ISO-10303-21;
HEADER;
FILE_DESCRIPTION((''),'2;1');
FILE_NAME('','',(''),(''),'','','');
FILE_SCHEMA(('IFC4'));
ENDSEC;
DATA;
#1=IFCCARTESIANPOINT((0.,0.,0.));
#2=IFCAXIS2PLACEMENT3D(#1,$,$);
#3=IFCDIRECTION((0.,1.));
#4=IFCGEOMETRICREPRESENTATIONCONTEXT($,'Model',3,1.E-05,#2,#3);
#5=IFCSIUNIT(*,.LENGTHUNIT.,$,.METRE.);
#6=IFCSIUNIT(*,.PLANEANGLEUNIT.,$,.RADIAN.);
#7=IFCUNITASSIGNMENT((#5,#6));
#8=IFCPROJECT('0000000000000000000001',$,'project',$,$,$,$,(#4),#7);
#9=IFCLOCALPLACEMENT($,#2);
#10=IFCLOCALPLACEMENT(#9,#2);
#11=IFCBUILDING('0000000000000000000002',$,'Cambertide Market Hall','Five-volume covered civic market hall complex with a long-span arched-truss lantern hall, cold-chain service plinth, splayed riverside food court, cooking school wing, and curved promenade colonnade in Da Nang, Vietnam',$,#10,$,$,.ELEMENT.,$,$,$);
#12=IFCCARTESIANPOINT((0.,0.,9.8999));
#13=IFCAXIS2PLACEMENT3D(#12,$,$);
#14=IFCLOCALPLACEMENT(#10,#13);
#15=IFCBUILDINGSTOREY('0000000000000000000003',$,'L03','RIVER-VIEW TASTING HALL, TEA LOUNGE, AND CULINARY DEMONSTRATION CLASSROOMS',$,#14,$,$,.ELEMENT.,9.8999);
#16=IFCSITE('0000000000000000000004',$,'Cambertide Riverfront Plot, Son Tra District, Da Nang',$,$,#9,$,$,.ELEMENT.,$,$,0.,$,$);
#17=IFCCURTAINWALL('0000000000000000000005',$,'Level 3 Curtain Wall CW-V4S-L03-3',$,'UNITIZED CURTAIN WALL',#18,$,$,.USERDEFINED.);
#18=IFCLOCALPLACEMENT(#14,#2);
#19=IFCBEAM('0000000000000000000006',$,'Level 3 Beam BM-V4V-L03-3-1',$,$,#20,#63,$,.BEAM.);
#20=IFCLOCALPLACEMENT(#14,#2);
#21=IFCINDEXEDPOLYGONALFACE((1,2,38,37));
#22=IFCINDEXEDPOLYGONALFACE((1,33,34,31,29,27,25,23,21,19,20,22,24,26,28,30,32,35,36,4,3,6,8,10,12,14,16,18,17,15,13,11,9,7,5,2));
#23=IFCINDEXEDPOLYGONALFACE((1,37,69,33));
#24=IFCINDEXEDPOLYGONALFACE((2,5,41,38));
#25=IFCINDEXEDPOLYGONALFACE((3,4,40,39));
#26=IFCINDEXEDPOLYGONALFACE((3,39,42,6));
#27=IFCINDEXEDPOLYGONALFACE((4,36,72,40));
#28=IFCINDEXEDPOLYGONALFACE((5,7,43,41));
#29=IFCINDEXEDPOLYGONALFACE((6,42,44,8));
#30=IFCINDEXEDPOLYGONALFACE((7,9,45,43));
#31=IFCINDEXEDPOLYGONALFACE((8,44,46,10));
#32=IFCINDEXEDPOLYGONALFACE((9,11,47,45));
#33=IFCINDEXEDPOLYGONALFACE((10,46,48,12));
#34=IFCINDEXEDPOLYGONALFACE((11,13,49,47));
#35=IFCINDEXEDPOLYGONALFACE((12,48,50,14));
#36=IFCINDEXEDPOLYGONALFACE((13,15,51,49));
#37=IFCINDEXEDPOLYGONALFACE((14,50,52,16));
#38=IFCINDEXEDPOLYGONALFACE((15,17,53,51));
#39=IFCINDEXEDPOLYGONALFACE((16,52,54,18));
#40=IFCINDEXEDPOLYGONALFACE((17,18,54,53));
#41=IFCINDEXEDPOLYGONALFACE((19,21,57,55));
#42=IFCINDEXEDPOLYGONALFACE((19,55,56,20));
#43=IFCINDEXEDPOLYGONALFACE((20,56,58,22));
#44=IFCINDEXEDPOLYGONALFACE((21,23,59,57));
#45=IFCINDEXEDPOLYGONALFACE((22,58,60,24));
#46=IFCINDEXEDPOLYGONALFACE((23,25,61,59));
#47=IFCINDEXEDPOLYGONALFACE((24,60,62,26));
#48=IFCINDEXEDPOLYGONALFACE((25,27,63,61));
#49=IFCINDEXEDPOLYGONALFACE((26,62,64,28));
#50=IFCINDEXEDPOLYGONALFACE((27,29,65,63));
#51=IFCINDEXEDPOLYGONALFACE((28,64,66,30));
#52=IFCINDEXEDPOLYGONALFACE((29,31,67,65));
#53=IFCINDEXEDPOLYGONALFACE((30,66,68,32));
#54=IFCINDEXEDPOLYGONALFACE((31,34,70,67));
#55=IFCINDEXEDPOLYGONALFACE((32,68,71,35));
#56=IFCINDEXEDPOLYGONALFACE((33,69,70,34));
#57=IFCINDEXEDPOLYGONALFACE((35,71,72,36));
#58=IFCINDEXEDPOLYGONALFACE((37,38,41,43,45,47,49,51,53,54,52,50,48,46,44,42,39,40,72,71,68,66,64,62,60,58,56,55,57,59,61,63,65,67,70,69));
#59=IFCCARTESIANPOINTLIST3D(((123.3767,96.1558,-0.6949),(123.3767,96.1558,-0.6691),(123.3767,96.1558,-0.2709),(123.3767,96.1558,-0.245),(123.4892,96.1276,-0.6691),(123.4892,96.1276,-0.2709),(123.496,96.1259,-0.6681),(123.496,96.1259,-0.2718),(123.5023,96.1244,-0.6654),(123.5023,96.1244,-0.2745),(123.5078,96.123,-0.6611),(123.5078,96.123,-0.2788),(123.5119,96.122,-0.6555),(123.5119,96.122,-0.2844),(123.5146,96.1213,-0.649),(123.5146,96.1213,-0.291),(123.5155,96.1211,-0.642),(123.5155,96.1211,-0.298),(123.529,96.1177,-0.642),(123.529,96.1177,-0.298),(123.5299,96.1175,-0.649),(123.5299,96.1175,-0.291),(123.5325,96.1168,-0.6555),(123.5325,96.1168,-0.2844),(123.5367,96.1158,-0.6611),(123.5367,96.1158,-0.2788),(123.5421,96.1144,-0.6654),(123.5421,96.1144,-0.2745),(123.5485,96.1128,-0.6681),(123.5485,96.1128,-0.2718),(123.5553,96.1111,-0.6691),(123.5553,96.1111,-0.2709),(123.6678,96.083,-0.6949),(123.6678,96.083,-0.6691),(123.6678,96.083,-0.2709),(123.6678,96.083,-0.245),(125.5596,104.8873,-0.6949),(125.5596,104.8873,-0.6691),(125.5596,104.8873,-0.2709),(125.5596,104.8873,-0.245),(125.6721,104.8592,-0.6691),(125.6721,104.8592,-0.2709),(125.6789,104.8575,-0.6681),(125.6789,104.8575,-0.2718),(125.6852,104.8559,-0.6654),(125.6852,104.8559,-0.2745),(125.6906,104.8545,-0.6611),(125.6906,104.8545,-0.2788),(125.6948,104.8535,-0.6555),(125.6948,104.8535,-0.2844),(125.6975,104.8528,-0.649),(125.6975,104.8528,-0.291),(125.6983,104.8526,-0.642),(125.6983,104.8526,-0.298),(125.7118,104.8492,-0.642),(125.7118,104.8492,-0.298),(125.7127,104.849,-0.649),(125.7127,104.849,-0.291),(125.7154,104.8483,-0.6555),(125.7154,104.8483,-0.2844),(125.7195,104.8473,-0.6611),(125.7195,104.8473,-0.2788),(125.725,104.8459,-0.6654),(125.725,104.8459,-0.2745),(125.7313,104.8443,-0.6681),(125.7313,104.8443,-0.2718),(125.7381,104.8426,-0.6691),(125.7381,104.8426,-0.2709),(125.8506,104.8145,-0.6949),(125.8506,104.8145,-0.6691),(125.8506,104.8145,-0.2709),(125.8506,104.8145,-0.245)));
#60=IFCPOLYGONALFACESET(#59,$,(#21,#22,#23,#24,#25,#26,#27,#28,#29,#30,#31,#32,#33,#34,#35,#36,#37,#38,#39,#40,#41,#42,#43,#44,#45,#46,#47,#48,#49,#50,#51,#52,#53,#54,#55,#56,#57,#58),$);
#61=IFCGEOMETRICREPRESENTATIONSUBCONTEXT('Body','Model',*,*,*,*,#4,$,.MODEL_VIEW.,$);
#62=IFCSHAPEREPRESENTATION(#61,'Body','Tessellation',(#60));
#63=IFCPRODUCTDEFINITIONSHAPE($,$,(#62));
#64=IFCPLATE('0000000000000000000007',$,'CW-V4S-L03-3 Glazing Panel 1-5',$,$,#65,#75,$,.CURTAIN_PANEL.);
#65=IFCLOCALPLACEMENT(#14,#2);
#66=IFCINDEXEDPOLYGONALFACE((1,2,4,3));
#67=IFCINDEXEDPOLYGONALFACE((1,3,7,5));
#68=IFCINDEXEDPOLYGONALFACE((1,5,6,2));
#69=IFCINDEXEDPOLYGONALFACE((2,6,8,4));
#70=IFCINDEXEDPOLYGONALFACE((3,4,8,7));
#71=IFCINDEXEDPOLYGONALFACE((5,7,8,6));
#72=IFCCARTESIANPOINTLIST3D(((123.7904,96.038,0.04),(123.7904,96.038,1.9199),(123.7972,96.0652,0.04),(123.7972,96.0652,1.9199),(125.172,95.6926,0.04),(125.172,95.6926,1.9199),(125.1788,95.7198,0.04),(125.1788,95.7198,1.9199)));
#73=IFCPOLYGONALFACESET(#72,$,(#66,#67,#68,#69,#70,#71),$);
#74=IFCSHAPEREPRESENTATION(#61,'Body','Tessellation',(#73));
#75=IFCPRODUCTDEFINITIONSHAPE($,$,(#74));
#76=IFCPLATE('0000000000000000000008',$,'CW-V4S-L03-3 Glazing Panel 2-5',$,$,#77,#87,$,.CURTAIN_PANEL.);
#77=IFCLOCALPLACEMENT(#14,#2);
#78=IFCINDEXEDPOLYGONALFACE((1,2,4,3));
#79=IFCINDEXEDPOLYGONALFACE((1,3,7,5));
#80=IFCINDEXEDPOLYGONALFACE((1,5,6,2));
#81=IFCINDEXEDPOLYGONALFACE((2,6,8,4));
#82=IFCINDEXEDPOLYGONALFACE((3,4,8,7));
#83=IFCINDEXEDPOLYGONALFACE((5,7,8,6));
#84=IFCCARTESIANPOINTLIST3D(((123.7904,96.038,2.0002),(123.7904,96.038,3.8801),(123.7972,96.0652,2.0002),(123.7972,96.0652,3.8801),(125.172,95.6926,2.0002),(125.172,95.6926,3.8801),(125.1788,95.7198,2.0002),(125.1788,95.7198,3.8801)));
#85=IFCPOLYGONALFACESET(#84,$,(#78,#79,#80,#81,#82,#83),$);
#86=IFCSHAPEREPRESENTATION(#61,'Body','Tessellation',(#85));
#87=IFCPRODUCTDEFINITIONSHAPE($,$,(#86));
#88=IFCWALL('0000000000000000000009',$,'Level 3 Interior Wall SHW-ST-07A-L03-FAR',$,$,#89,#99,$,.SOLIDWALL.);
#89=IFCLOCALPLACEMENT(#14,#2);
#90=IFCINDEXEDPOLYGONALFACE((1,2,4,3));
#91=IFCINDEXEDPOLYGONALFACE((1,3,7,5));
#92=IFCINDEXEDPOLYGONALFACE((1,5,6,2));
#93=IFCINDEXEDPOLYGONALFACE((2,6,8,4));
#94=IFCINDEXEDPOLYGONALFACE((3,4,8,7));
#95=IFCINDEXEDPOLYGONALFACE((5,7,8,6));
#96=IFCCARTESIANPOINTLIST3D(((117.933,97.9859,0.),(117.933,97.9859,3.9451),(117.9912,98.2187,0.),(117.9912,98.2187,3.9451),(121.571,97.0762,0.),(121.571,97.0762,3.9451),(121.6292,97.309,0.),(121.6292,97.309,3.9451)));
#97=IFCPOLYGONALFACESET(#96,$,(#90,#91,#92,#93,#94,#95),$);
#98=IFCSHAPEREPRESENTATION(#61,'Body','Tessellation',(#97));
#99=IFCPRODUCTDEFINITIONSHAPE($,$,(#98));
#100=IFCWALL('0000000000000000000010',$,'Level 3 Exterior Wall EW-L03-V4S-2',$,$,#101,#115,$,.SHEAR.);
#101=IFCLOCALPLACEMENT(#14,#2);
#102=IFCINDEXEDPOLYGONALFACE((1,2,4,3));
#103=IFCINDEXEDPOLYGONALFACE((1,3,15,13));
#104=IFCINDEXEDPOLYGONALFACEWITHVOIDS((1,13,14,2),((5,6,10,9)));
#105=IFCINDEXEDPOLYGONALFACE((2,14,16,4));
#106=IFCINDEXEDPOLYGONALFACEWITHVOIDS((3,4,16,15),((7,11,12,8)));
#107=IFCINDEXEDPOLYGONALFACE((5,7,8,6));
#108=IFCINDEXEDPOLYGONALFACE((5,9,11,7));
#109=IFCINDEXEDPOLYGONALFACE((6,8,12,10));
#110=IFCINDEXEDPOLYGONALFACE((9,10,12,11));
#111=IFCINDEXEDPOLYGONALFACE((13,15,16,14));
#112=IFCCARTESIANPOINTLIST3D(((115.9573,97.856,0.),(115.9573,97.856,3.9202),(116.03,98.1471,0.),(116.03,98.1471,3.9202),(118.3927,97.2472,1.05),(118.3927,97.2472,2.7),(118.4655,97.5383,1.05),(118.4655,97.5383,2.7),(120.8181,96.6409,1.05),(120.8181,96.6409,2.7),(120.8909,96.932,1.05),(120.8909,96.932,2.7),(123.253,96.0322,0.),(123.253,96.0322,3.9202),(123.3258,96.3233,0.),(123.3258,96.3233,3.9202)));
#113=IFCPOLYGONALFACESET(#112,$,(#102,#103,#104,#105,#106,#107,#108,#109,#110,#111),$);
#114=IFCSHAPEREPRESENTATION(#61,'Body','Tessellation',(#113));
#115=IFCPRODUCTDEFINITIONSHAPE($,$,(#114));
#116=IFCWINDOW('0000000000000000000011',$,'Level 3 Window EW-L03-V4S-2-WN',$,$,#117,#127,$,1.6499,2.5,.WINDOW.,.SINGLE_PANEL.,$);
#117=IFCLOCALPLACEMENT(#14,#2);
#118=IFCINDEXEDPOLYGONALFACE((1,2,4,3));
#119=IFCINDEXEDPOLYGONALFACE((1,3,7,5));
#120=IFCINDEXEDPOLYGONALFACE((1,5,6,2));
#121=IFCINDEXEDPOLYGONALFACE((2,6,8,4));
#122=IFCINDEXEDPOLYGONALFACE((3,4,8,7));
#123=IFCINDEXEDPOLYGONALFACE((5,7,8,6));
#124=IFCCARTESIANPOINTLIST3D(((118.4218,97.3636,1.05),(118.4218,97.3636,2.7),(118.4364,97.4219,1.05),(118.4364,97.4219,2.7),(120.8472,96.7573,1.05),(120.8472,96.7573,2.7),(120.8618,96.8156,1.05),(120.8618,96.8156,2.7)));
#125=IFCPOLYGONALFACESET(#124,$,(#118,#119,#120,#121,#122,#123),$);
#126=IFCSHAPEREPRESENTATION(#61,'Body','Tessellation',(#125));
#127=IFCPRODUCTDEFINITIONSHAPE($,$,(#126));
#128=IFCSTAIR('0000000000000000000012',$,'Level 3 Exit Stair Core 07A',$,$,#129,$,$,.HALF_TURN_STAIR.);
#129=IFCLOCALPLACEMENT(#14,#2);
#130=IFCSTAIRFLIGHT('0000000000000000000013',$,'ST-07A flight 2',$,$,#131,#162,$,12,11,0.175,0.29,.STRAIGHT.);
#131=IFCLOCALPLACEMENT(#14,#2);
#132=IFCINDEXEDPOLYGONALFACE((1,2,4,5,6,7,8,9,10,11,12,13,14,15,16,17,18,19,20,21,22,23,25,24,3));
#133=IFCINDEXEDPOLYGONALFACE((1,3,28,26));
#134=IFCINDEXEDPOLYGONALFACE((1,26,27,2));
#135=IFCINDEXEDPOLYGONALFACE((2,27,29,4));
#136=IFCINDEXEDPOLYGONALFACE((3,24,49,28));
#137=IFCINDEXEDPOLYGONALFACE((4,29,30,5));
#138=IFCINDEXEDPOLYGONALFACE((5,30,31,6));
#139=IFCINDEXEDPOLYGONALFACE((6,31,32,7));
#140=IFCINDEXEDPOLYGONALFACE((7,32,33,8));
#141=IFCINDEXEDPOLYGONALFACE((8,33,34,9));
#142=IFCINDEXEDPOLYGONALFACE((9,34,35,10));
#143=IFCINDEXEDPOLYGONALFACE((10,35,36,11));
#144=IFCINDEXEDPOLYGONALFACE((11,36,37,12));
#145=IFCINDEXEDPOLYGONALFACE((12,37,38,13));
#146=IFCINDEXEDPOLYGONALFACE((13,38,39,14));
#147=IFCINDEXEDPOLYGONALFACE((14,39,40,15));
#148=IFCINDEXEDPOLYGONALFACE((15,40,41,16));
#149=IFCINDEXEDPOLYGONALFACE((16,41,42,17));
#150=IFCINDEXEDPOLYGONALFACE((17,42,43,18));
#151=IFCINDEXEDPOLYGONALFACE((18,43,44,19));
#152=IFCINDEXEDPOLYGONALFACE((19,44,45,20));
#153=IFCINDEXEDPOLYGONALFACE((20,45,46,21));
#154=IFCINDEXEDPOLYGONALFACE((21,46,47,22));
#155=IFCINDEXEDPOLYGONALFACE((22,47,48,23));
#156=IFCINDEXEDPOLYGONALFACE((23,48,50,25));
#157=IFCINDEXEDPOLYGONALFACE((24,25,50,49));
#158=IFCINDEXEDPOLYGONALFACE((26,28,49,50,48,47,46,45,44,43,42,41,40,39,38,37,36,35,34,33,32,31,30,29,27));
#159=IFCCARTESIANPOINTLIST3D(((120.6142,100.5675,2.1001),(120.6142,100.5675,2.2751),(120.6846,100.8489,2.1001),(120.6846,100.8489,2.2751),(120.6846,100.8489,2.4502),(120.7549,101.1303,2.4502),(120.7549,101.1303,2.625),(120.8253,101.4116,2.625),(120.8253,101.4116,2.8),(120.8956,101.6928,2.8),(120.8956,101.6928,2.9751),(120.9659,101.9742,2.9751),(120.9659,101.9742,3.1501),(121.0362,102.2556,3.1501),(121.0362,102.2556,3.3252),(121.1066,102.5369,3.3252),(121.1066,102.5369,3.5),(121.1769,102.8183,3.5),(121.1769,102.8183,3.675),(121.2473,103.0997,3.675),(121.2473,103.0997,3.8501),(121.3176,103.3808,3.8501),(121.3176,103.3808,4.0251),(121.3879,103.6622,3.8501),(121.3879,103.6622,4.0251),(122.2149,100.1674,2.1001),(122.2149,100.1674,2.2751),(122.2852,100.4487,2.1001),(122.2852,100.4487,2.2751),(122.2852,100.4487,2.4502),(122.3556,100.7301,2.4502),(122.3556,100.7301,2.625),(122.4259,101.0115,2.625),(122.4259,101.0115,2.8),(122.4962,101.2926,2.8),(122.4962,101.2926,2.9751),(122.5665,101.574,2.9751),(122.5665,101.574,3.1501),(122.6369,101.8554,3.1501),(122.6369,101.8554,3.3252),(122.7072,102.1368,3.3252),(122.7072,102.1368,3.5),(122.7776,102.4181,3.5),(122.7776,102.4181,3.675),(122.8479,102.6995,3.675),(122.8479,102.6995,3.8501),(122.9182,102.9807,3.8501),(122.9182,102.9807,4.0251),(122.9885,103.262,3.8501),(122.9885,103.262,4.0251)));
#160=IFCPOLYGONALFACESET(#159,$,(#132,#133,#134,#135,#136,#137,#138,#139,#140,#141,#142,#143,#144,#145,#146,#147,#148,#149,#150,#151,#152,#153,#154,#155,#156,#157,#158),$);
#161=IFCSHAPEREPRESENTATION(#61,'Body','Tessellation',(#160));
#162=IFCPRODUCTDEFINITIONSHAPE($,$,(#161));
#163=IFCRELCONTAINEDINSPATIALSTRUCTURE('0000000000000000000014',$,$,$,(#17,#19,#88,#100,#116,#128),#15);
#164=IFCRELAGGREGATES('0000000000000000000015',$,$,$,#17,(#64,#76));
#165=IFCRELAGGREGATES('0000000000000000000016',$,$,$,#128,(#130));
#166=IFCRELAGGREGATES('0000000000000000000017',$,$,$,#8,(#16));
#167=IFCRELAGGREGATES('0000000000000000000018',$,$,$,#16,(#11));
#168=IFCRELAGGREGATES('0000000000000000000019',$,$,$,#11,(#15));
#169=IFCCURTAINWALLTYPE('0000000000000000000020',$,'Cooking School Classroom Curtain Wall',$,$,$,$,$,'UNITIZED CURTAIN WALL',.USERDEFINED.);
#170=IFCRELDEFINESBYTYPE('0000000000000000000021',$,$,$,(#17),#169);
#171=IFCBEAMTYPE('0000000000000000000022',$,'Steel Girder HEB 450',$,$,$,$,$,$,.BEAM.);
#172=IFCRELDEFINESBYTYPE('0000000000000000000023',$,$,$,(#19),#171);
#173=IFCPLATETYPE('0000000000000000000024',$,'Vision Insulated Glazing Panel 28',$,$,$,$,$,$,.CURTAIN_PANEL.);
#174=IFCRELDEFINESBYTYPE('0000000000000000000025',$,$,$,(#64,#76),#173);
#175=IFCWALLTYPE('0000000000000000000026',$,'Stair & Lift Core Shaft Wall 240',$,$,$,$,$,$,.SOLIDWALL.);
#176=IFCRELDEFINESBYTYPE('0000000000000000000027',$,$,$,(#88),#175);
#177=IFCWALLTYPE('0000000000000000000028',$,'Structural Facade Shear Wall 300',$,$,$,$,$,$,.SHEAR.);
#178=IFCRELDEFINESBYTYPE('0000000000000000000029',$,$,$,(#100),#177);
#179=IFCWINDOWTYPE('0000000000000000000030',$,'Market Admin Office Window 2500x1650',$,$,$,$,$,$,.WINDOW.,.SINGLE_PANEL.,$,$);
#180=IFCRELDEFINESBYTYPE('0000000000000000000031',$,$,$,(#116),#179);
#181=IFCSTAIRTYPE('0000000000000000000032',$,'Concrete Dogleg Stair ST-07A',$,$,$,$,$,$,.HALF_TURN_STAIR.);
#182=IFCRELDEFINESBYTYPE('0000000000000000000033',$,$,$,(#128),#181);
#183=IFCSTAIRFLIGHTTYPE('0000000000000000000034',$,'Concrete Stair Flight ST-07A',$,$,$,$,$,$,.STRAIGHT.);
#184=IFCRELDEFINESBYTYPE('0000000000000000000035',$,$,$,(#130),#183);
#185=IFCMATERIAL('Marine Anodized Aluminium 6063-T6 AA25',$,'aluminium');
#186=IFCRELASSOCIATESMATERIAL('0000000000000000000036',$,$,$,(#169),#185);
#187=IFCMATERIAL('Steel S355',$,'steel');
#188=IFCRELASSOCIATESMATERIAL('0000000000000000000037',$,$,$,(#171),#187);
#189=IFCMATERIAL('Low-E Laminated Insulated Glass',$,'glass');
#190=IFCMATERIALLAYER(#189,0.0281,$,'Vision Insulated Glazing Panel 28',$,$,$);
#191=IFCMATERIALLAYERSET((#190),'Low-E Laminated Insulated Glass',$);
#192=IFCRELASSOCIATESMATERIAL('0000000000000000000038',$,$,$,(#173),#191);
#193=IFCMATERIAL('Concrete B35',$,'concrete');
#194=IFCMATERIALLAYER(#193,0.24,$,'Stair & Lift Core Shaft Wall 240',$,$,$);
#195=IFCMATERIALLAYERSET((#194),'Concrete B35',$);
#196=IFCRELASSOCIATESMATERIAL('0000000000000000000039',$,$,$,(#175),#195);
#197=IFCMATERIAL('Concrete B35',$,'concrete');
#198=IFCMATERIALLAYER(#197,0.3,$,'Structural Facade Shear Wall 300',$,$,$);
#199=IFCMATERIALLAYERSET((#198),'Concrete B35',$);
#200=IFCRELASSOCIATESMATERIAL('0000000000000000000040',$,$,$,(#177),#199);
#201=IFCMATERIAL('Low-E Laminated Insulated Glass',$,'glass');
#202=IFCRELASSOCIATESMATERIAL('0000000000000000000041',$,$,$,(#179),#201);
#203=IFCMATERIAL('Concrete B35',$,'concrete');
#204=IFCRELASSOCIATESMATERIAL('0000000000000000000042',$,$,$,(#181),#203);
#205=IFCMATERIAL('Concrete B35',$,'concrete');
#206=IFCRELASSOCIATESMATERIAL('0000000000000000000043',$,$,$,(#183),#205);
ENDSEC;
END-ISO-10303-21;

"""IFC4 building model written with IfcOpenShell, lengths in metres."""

from ifc_helpers import new_model, si_unit, direction, frame, frame_2d, origin, origin_2d, place, context, subcontext, project, spatial, polyline, rectangle, i_section, outline, extrude, material, layer, layer_set, material_profile, profile_set, type_object, element, fill, aggregate, save


model = new_model("IFC4")

# Units and contexts
model_context = context("Model", 3, precision=1e-05, world=origin(), true_north=direction((0.0, 1.0)))
body_context = subcontext(model_context, "Body", "Model", "MODEL_VIEW")
ifc_project = project(units=[si_unit("LENGTHUNIT", "METRE"), si_unit("PLANEANGLEUNIT", "RADIAN")], contexts=[model_context])

# Site, building, storey
site_placement = place(None, origin())
site = spatial("IfcSite", under=ifc_project, at=site_placement, Name="Cambertide Riverfront Plot, Son Tra District, Da Nang", CompositionType="ELEMENT", RefElevation=0.0)
building_placement = place(site_placement, origin())
building = spatial("IfcBuilding", under=site, at=building_placement, Name="Cambertide Market Hall", Description="Five-volume covered civic market hall complex with a long-span arched-truss lantern hall, cold-chain service plinth, splayed riverside food court, cooking school wing, and curved promenade colonnade in Da Nang, Vietnam", CompositionType="ELEMENT")
storey_placement = place(building_placement, frame((0.0, 0.0, 9.8999)))
storey = spatial("IfcBuildingStorey", under=building, at=storey_placement, Name="L03", Description="RIVER-VIEW TASTING HALL, TEA LOUNGE, AND CULINARY DEMONSTRATION CLASSROOMS", CompositionType="ELEMENT", Elevation=9.8999)

# Curtain wall
ifc_material_1 = material(Name="Marine Anodized Aluminium 6063-T6 AA25", Category="aluminium")
curtain_wall_type = type_object("IfcCurtainWallType", Name="Cooking School Classroom Curtain Wall", ElementType="UNITIZED CURTAIN WALL", PredefinedType="USERDEFINED", material=ifc_material_1)
curtain_wall_placement = place(storey_placement, origin())
curtain_wall = element("IfcCurtainWall", 1, at=curtain_wall_placement, inside=storey, type_object=curtain_wall_type, Name="Level 3 Curtain Wall CW-V4S-L03-3", ObjectType="UNITIZED CURTAIN WALL", PredefinedType="USERDEFINED")

# Beam
ifc_material_2 = material(Name="Steel S355", Category="steel")
ifc_material_profile_1 = material_profile(ifc_material_2, i_section(OverallWidth=0.3, OverallDepth=0.45, WebThickness=0.0139, FlangeThickness=0.0259, FilletRadius=0.0271, at=origin_2d()), Name="HEB 450")
ifc_profile_set_1 = profile_set([ifc_material_profile_1], Name="Steel S355")
beam_type_1 = type_object("IfcBeamType", Name="Steel Girder HEB 450", PredefinedType="BEAM", material=ifc_profile_set_1)
beam_1_placement = place(storey_placement, frame((123.5222, 96.1194, -0.47), z_axis=(0.242536, 0.970143, 0.0), x_axis=(-0.970143, 0.242536, 0.0)))
element("IfcBeam", 2, at=beam_1_placement, inside=storey, type_object=beam_type_1, Name="Level 3 Beam BM-V4V-L03-3-1", PredefinedType="BEAM", context=body_context, shape_type="SweptSolid", body=[
    extrude(i_section(OverallWidth=0.3, OverallDepth=0.45, WebThickness=0.0139, FlangeThickness=0.0259, FilletRadius=0.0271, at=origin_2d()), origin(), (0.0, 0.0, 1.0), 9.0002),
])

# Plates
ifc_material_3 = material(Name="Low-E Laminated Insulated Glass", Category="glass")
ifc_layer_1 = layer(ifc_material_3, 0.0281, Name="Vision Insulated Glazing Panel 28")
ifc_layer_set_1 = layer_set([ifc_layer_1], Name="Low-E Laminated Insulated Glass")
plate_type = type_object("IfcPlateType", Name="Vision Insulated Glazing Panel 28", PredefinedType="CURTAIN_PANEL", material=ifc_layer_set_1)
plate_1_placement = place(storey_placement, frame((124.4846, 95.8789, 0.04), z_axis=(0.0, 0.0, 1.0), x_axis=(-0.970143, 0.242535, 0.0)))
plate_1 = element("IfcPlate", 3, at=plate_1_placement, type_object=plate_type, Name="CW-V4S-L03-3 Glazing Panel 1-5", PredefinedType="CURTAIN_PANEL", context=body_context, shape_type="SweptSolid", body=[
    extrude(rectangle(XDim=1.4241, YDim=0.0281, at=origin_2d()), origin(), (0.0, 0.0, 1.0), 1.8799),
])
plate_2_placement = place(storey_placement, frame((124.4846, 95.8789, 2.0002), z_axis=(0.0, 0.0, 1.0), x_axis=(-0.970143, 0.242535, 0.0)))
plate_2 = element("IfcPlate", 4, at=plate_2_placement, type_object=plate_type, Name="CW-V4S-L03-3 Glazing Panel 2-5", PredefinedType="CURTAIN_PANEL", context=body_context, shape_type="SweptSolid", body=[
    extrude(rectangle(XDim=1.4241, YDim=0.0281, at=origin_2d()), origin(), (0.0, 0.0, 1.0), 1.8799),
])
aggregate(curtain_wall, [plate_1, plate_2])

# Wall
ifc_material_4 = material(Name="Concrete B35", Category="concrete")
ifc_layer_2 = layer(ifc_material_4, 0.24, Name="Stair & Lift Core Shaft Wall 240")
ifc_layer_set_2 = layer_set([ifc_layer_2], Name="Concrete B35")
wall_type_1 = type_object("IfcWallType", Name="Stair & Lift Core Shaft Wall 240", PredefinedType="SOLIDWALL", material=ifc_layer_set_2)
wall_1_placement = place(storey_placement, frame((121.6001, 97.1926, 0.0), z_axis=(0.0, 0.0, 1.0), x_axis=(-0.970131, 0.242582, 0.0)))
element("IfcWall", 5, at=wall_1_placement, inside=storey, type_object=wall_type_1, Name="Level 3 Interior Wall SHW-ST-07A-L03-FAR", PredefinedType="SOLIDWALL", context=body_context, shape_type="SweptSolid", body=[
    extrude(rectangle(XDim=3.75, YDim=0.24, at=frame_2d((1.875, 0.0))), origin(), (0.0, 0.0, 1.0), 3.9451),
])

# Wall, opening, window
ifc_material_5 = material(Name="Concrete B35", Category="concrete")
ifc_layer_3 = layer(ifc_material_5, 0.3, Name="Structural Facade Shear Wall 300")
ifc_layer_set_3 = layer_set([ifc_layer_3], Name="Concrete B35")
wall_type_2 = type_object("IfcWallType", Name="Structural Facade Shear Wall 300", PredefinedType="SHEAR", material=ifc_layer_set_3)
wall_2_placement = place(storey_placement, frame((123.2896, 96.1777, 0.0), z_axis=(0.0, 0.0, 1.0), x_axis=(-0.970148, 0.242513, 0.0)))
wall_2 = element("IfcWall", 6, at=wall_2_placement, inside=storey, type_object=wall_type_2, Name="Level 3 Exterior Wall EW-L03-V4S-2", PredefinedType="SHEAR", context=body_context, shape_type="SweptSolid", body=[
    extrude(rectangle(XDim=7.5203, YDim=0.3, at=frame_2d((3.7603, 0.0))), origin(), (0.0, 0.0, 1.0), 3.9202),
])
opening_placement = place(wall_2_placement, frame((2.51, 0.0, 1.05)))
opening = element("IfcOpeningElement", 7, at=opening_placement, cuts=wall_2, PredefinedType="OPENING", context=body_context, shape_type="SweptSolid", body=[
    extrude(rectangle(XDim=2.5, YDim=1.6499, at=frame_2d((1.25, 0.825))), frame((0.0, 0.1599, 0.0), z_axis=(0.0, -1.0, 0.0), x_axis=(1.0, 0.0, 0.0)), (0.0, 0.0, 1.0), 0.3201),
])
ifc_material_6 = material(Name="Low-E Laminated Insulated Glass", Category="glass")
window_type = type_object("IfcWindowType", Name="Market Admin Office Window 2500x1650", PartitioningType="SINGLE_PANEL", PredefinedType="WINDOW", material=ifc_material_6)
window_placement = place(opening_placement, origin())
window = element("IfcWindow", 8, at=window_placement, inside=storey, type_object=window_type, Name="Level 3 Window EW-L03-V4S-2-WN", OverallHeight=1.6499, OverallWidth=2.5, PartitioningType="SINGLE_PANEL", PredefinedType="WINDOW", context=body_context, shape_type="SweptSolid", body=[
    extrude(rectangle(XDim=2.5, YDim=1.6499, at=frame_2d((1.25, 0.825))), frame((0.0, 0.03, 0.0), z_axis=(0.0, -1.0, 0.0), x_axis=(1.0, 0.0, 0.0)), (0.0, 0.0, 1.0), 0.0601),
])
fill(opening, window)

# Stair, stair flight
ifc_material_7 = material(Name="Concrete B35", Category="concrete")
stair_type = type_object("IfcStairType", Name="Concrete Dogleg Stair ST-07A", PredefinedType="HALF_TURN_STAIR", material=ifc_material_7)
stair_placement = place(storey_placement, origin())
stair = element("IfcStair", 9, at=stair_placement, inside=storey, type_object=stair_type, Name="Level 3 Exit Stair Core 07A", PredefinedType="HALF_TURN_STAIR")
ifc_material_8 = material(Name="Concrete B35", Category="concrete")
stair_flight_type = type_object("IfcStairFlightType", Name="Concrete Stair Flight ST-07A", PredefinedType="STRAIGHT", material=ifc_material_8)
stair_flight_placement = place(storey_placement, frame((121.4146, 100.3674, 2.1001), z_axis=(0.0, 0.0, 1.0), x_axis=(0.242536, 0.970143, 0.0)))
stair_flight = element("IfcStairFlight", 10, at=stair_flight_placement, type_object=stair_flight_type, Name="ST-07A flight 2", NumberOfRisers=12, NumberOfTreads=11, PredefinedType="STRAIGHT", RiserHeight=0.175, TreadLength=0.29, context=body_context, shape_type="SweptSolid", body=[
    extrude(outline(polyline([(0.0, 0.0), (0.0, 0.175), (0.29, 0.175), (0.29, 0.3501), (0.5801, 0.3501), (0.5801, 0.5249), (0.8701, 0.5249), (0.8701, 0.7), (1.1599, 0.7), (1.1599, 0.875), (1.45, 0.875), (1.45, 1.05), (1.74, 1.05), (1.74, 1.2251), (2.03, 1.2251), (2.03, 1.3999), (2.3201, 1.3999), (2.3201, 1.575), (2.6101, 1.575), (2.6101, 1.75), (2.8999, 1.75), (2.8999, 1.925), (3.1899, 1.925), (3.1899, 2.1001), (3.1899, 1.75), (0.29, 0.0), (0.0, 0.0)])), frame((0.0, 0.825, 0.0), z_axis=(0.0, -1.0, 0.0), x_axis=(1.0, 0.0, 0.0)), (0.0, 0.0, 1.0), 1.6499),
])
aggregate(stair, [stair_flight])

save(model, "model.ifc")
